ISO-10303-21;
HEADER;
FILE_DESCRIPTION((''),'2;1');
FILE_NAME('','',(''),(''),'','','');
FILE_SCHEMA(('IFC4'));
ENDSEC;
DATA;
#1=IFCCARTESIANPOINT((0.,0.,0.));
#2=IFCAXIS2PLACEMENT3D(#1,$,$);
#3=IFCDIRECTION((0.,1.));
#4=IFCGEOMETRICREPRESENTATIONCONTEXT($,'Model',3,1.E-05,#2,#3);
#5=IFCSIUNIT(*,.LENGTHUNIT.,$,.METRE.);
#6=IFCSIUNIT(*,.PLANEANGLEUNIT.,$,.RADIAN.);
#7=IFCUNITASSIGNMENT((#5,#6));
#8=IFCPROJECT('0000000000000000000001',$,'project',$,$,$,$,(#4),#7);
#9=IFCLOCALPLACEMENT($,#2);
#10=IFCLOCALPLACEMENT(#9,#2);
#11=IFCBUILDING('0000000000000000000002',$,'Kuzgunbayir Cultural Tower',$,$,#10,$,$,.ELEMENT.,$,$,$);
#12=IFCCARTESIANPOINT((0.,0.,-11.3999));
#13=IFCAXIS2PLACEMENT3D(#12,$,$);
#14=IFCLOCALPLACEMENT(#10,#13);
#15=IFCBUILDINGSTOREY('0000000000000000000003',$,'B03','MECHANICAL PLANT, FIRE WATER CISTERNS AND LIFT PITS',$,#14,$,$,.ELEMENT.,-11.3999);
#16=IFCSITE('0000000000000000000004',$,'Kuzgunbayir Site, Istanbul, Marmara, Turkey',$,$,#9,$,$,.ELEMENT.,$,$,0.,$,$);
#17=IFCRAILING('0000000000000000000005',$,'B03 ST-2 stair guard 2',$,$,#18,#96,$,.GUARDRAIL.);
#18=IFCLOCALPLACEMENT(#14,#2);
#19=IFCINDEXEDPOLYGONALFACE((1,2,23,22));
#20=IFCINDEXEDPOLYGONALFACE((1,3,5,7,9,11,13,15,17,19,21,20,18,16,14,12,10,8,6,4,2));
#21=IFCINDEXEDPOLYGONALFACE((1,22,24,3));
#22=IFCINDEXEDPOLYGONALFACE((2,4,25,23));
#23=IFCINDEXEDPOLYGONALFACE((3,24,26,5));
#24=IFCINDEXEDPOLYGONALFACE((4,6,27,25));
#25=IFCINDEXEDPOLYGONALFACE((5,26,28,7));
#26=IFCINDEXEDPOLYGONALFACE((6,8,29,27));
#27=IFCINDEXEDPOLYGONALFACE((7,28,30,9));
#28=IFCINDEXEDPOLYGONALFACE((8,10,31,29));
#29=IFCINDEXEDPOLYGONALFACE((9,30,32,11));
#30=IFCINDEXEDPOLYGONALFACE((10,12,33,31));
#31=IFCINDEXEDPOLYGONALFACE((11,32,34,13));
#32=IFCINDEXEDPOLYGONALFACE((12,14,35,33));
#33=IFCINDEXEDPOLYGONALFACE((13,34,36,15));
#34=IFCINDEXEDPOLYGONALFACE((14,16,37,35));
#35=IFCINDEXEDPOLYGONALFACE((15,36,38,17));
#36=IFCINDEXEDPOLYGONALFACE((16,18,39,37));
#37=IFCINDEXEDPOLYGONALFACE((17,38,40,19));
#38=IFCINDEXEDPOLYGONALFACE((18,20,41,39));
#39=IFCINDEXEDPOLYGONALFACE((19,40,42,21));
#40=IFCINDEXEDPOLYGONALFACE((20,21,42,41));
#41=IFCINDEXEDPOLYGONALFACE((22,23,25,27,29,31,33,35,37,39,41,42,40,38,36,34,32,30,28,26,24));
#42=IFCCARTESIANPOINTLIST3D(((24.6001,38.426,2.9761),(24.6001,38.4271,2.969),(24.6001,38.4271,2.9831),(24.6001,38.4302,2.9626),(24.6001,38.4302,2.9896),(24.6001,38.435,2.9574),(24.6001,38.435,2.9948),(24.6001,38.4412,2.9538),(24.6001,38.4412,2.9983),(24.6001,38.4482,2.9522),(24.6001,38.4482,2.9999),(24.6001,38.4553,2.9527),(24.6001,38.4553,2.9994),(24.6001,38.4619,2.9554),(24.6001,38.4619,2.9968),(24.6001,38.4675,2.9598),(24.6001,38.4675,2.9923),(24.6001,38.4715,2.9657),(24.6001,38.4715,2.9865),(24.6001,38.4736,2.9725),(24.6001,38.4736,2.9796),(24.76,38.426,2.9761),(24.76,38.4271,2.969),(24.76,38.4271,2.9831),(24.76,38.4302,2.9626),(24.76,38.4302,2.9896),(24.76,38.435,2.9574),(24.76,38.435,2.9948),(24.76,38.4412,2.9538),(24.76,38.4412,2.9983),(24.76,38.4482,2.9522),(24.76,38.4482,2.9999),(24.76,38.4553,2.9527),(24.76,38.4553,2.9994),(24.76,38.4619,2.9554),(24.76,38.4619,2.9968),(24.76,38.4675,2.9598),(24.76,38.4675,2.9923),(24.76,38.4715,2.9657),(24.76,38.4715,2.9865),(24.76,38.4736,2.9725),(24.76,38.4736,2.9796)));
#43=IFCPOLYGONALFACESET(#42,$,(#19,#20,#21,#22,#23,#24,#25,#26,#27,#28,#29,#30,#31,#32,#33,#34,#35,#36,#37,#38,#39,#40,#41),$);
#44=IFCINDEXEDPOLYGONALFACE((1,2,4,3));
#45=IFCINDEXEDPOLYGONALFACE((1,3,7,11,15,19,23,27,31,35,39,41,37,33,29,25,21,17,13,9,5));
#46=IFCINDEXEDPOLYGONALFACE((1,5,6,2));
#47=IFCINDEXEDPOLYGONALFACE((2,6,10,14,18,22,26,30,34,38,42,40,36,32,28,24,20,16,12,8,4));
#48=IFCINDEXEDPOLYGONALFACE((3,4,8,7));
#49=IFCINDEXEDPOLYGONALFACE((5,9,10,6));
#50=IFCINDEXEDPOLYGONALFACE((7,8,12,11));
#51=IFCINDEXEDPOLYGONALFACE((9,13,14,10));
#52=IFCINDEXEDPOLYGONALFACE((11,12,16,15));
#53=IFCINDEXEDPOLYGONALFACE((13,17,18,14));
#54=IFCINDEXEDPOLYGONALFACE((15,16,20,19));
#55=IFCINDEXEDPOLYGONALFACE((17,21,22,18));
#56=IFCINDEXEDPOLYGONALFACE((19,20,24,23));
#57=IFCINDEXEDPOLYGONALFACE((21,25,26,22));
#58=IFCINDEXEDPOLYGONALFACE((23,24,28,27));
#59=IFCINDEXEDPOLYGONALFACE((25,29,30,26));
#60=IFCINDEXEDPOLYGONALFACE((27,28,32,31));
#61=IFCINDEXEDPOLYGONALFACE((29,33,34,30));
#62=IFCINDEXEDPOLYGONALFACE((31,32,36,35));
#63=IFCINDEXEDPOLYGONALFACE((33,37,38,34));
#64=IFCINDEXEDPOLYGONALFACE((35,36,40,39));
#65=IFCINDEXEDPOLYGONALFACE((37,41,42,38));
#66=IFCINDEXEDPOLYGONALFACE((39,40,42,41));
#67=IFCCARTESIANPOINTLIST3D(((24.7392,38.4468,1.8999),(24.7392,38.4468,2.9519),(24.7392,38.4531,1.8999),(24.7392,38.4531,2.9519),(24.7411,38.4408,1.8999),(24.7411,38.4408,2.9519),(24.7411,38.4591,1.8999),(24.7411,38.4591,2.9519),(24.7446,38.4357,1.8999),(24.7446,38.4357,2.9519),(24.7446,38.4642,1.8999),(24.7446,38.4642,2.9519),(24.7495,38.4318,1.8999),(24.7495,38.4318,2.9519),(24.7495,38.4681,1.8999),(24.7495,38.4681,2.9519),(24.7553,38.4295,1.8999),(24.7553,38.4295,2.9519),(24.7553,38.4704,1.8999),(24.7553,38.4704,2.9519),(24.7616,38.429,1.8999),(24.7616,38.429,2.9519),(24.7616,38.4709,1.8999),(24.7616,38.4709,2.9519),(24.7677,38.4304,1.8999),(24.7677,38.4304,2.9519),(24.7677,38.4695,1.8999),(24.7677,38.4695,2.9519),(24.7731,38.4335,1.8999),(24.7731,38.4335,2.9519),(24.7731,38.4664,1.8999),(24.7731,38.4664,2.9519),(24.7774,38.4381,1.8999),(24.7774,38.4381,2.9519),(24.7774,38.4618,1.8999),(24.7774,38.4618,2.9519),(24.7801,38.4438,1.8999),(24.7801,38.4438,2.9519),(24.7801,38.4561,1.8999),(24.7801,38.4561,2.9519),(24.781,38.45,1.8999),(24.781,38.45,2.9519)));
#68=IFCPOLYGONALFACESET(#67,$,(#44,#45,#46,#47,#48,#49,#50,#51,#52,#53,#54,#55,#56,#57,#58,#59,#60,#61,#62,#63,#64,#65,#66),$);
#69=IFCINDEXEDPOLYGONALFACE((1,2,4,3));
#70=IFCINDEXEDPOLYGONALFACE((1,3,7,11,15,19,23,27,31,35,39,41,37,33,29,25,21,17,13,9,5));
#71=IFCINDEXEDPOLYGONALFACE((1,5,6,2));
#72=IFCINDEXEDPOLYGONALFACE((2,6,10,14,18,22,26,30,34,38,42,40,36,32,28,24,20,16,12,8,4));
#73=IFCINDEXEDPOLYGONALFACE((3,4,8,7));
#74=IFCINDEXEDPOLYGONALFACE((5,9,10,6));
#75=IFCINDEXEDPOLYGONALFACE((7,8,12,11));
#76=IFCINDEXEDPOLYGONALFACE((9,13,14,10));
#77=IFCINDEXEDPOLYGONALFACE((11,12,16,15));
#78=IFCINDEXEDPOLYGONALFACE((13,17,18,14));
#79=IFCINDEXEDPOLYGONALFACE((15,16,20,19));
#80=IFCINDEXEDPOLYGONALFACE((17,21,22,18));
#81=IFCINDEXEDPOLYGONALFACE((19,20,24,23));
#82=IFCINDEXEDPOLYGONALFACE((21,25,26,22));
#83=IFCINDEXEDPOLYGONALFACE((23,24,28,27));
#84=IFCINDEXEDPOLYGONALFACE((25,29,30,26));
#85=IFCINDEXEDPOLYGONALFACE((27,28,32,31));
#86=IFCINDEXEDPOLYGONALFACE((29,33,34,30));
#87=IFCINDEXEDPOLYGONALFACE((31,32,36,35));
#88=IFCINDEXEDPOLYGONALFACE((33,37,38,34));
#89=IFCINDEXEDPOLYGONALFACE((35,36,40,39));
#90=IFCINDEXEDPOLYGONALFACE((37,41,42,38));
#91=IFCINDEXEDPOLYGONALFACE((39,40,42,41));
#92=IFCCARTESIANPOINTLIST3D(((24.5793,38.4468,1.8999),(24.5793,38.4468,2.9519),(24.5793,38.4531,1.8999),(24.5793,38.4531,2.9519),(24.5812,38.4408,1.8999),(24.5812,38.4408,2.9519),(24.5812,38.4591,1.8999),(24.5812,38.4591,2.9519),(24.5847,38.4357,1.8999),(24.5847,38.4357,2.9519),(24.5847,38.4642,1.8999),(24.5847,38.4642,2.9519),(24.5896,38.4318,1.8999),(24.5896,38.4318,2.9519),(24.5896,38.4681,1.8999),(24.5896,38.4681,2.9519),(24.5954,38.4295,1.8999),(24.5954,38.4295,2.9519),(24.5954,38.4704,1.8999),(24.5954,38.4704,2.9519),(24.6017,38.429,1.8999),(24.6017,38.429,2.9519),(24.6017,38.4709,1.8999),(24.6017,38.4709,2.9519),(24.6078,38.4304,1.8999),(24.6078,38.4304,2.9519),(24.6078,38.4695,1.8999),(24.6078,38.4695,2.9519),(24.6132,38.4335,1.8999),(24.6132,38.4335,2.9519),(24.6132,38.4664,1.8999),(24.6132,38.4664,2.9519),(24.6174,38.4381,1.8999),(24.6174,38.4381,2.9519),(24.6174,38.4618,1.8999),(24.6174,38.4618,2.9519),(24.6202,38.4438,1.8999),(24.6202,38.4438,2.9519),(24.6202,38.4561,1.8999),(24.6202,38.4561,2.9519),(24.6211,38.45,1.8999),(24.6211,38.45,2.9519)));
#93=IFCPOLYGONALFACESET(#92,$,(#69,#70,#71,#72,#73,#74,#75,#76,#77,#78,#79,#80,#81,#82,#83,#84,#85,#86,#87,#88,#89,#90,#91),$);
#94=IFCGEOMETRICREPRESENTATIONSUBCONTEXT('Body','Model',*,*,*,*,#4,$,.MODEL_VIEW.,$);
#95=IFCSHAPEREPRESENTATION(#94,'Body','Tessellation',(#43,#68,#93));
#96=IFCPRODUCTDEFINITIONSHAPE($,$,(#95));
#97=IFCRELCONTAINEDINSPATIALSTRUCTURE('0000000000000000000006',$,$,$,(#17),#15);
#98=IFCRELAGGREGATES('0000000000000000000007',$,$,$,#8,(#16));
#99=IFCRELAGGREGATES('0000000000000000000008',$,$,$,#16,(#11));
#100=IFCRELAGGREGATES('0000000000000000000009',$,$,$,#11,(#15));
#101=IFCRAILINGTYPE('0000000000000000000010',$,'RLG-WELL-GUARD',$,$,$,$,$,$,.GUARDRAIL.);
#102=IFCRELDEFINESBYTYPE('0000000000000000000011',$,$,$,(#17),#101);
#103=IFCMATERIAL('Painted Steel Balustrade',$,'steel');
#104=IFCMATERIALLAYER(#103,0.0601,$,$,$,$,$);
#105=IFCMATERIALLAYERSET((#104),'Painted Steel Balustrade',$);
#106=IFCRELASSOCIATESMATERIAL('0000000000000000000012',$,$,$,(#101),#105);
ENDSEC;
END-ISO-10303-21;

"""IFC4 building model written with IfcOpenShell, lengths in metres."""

from ifc_helpers import new_model, si_unit, direction, frame, origin, origin_2d, place, context, subcontext, project, spatial, circle, extrude, material, layer, layer_set, type_object, element, save


model = new_model("IFC4")

# Units and contexts
model_context = context("Model", 3, precision=1e-05, world=origin(), true_north=direction((0.0, 1.0)))
body_context = subcontext(model_context, "Body", "Model", "MODEL_VIEW")
ifc_project = project(units=[si_unit("LENGTHUNIT", "METRE"), si_unit("PLANEANGLEUNIT", "RADIAN")], contexts=[model_context])

# Site, building, storey
site_placement = place(None, origin())
site = spatial("IfcSite", under=ifc_project, at=site_placement, Name="Kuzgunbayir Site, Istanbul, Marmara, Turkey", CompositionType="ELEMENT", RefElevation=0.0)
building_placement = place(site_placement, origin())
building = spatial("IfcBuilding", under=site, at=building_placement, Name="Kuzgunbayir Cultural Tower", CompositionType="ELEMENT")
storey_placement = place(building_placement, frame((0.0, 0.0, -11.3999)))
storey = spatial("IfcBuildingStorey", under=building, at=storey_placement, Name="B03", Description="MECHANICAL PLANT, FIRE WATER CISTERNS AND LIFT PITS", CompositionType="ELEMENT", Elevation=-11.3999)

# Railing
ifc_material_1 = material(Name="Painted Steel Balustrade", Category="steel")
ifc_layer_1 = layer(ifc_material_1, 0.0601)
ifc_layer_set_1 = layer_set([ifc_layer_1], Name="Painted Steel Balustrade")
railing_type_1 = type_object("IfcRailingType", Name="RLG-WELL-GUARD", PredefinedType="GUARDRAIL", material=ifc_layer_set_1)
railing_1_placement = place(storey_placement, frame((24.76, 38.45, 1.8999)))
element("IfcRailing", 1, at=railing_1_placement, inside=storey, type_object=railing_type_1, Name="B03 ST-2 stair guard 2", PredefinedType="GUARDRAIL", context=body_context, shape_type="SweptSolid", body=[
    extrude(circle(Radius=0.0239, at=origin_2d()), frame((0.0, 0.0, 1.0762), z_axis=(-1.0, 0.0, 0.0), x_axis=(0.0, -1.0, 0.0)), (0.0, 0.0, 1.0), 0.1599),
    extrude(circle(Radius=0.021, at=origin_2d()), origin(), (0.0, 0.0, 1.0), 1.052),
    extrude(circle(Radius=0.021, at=origin_2d()), frame((-0.1599, 0.0, 0.0)), (0.0, 0.0, 1.0), 1.052),
])

save(model, "model.ifc")
